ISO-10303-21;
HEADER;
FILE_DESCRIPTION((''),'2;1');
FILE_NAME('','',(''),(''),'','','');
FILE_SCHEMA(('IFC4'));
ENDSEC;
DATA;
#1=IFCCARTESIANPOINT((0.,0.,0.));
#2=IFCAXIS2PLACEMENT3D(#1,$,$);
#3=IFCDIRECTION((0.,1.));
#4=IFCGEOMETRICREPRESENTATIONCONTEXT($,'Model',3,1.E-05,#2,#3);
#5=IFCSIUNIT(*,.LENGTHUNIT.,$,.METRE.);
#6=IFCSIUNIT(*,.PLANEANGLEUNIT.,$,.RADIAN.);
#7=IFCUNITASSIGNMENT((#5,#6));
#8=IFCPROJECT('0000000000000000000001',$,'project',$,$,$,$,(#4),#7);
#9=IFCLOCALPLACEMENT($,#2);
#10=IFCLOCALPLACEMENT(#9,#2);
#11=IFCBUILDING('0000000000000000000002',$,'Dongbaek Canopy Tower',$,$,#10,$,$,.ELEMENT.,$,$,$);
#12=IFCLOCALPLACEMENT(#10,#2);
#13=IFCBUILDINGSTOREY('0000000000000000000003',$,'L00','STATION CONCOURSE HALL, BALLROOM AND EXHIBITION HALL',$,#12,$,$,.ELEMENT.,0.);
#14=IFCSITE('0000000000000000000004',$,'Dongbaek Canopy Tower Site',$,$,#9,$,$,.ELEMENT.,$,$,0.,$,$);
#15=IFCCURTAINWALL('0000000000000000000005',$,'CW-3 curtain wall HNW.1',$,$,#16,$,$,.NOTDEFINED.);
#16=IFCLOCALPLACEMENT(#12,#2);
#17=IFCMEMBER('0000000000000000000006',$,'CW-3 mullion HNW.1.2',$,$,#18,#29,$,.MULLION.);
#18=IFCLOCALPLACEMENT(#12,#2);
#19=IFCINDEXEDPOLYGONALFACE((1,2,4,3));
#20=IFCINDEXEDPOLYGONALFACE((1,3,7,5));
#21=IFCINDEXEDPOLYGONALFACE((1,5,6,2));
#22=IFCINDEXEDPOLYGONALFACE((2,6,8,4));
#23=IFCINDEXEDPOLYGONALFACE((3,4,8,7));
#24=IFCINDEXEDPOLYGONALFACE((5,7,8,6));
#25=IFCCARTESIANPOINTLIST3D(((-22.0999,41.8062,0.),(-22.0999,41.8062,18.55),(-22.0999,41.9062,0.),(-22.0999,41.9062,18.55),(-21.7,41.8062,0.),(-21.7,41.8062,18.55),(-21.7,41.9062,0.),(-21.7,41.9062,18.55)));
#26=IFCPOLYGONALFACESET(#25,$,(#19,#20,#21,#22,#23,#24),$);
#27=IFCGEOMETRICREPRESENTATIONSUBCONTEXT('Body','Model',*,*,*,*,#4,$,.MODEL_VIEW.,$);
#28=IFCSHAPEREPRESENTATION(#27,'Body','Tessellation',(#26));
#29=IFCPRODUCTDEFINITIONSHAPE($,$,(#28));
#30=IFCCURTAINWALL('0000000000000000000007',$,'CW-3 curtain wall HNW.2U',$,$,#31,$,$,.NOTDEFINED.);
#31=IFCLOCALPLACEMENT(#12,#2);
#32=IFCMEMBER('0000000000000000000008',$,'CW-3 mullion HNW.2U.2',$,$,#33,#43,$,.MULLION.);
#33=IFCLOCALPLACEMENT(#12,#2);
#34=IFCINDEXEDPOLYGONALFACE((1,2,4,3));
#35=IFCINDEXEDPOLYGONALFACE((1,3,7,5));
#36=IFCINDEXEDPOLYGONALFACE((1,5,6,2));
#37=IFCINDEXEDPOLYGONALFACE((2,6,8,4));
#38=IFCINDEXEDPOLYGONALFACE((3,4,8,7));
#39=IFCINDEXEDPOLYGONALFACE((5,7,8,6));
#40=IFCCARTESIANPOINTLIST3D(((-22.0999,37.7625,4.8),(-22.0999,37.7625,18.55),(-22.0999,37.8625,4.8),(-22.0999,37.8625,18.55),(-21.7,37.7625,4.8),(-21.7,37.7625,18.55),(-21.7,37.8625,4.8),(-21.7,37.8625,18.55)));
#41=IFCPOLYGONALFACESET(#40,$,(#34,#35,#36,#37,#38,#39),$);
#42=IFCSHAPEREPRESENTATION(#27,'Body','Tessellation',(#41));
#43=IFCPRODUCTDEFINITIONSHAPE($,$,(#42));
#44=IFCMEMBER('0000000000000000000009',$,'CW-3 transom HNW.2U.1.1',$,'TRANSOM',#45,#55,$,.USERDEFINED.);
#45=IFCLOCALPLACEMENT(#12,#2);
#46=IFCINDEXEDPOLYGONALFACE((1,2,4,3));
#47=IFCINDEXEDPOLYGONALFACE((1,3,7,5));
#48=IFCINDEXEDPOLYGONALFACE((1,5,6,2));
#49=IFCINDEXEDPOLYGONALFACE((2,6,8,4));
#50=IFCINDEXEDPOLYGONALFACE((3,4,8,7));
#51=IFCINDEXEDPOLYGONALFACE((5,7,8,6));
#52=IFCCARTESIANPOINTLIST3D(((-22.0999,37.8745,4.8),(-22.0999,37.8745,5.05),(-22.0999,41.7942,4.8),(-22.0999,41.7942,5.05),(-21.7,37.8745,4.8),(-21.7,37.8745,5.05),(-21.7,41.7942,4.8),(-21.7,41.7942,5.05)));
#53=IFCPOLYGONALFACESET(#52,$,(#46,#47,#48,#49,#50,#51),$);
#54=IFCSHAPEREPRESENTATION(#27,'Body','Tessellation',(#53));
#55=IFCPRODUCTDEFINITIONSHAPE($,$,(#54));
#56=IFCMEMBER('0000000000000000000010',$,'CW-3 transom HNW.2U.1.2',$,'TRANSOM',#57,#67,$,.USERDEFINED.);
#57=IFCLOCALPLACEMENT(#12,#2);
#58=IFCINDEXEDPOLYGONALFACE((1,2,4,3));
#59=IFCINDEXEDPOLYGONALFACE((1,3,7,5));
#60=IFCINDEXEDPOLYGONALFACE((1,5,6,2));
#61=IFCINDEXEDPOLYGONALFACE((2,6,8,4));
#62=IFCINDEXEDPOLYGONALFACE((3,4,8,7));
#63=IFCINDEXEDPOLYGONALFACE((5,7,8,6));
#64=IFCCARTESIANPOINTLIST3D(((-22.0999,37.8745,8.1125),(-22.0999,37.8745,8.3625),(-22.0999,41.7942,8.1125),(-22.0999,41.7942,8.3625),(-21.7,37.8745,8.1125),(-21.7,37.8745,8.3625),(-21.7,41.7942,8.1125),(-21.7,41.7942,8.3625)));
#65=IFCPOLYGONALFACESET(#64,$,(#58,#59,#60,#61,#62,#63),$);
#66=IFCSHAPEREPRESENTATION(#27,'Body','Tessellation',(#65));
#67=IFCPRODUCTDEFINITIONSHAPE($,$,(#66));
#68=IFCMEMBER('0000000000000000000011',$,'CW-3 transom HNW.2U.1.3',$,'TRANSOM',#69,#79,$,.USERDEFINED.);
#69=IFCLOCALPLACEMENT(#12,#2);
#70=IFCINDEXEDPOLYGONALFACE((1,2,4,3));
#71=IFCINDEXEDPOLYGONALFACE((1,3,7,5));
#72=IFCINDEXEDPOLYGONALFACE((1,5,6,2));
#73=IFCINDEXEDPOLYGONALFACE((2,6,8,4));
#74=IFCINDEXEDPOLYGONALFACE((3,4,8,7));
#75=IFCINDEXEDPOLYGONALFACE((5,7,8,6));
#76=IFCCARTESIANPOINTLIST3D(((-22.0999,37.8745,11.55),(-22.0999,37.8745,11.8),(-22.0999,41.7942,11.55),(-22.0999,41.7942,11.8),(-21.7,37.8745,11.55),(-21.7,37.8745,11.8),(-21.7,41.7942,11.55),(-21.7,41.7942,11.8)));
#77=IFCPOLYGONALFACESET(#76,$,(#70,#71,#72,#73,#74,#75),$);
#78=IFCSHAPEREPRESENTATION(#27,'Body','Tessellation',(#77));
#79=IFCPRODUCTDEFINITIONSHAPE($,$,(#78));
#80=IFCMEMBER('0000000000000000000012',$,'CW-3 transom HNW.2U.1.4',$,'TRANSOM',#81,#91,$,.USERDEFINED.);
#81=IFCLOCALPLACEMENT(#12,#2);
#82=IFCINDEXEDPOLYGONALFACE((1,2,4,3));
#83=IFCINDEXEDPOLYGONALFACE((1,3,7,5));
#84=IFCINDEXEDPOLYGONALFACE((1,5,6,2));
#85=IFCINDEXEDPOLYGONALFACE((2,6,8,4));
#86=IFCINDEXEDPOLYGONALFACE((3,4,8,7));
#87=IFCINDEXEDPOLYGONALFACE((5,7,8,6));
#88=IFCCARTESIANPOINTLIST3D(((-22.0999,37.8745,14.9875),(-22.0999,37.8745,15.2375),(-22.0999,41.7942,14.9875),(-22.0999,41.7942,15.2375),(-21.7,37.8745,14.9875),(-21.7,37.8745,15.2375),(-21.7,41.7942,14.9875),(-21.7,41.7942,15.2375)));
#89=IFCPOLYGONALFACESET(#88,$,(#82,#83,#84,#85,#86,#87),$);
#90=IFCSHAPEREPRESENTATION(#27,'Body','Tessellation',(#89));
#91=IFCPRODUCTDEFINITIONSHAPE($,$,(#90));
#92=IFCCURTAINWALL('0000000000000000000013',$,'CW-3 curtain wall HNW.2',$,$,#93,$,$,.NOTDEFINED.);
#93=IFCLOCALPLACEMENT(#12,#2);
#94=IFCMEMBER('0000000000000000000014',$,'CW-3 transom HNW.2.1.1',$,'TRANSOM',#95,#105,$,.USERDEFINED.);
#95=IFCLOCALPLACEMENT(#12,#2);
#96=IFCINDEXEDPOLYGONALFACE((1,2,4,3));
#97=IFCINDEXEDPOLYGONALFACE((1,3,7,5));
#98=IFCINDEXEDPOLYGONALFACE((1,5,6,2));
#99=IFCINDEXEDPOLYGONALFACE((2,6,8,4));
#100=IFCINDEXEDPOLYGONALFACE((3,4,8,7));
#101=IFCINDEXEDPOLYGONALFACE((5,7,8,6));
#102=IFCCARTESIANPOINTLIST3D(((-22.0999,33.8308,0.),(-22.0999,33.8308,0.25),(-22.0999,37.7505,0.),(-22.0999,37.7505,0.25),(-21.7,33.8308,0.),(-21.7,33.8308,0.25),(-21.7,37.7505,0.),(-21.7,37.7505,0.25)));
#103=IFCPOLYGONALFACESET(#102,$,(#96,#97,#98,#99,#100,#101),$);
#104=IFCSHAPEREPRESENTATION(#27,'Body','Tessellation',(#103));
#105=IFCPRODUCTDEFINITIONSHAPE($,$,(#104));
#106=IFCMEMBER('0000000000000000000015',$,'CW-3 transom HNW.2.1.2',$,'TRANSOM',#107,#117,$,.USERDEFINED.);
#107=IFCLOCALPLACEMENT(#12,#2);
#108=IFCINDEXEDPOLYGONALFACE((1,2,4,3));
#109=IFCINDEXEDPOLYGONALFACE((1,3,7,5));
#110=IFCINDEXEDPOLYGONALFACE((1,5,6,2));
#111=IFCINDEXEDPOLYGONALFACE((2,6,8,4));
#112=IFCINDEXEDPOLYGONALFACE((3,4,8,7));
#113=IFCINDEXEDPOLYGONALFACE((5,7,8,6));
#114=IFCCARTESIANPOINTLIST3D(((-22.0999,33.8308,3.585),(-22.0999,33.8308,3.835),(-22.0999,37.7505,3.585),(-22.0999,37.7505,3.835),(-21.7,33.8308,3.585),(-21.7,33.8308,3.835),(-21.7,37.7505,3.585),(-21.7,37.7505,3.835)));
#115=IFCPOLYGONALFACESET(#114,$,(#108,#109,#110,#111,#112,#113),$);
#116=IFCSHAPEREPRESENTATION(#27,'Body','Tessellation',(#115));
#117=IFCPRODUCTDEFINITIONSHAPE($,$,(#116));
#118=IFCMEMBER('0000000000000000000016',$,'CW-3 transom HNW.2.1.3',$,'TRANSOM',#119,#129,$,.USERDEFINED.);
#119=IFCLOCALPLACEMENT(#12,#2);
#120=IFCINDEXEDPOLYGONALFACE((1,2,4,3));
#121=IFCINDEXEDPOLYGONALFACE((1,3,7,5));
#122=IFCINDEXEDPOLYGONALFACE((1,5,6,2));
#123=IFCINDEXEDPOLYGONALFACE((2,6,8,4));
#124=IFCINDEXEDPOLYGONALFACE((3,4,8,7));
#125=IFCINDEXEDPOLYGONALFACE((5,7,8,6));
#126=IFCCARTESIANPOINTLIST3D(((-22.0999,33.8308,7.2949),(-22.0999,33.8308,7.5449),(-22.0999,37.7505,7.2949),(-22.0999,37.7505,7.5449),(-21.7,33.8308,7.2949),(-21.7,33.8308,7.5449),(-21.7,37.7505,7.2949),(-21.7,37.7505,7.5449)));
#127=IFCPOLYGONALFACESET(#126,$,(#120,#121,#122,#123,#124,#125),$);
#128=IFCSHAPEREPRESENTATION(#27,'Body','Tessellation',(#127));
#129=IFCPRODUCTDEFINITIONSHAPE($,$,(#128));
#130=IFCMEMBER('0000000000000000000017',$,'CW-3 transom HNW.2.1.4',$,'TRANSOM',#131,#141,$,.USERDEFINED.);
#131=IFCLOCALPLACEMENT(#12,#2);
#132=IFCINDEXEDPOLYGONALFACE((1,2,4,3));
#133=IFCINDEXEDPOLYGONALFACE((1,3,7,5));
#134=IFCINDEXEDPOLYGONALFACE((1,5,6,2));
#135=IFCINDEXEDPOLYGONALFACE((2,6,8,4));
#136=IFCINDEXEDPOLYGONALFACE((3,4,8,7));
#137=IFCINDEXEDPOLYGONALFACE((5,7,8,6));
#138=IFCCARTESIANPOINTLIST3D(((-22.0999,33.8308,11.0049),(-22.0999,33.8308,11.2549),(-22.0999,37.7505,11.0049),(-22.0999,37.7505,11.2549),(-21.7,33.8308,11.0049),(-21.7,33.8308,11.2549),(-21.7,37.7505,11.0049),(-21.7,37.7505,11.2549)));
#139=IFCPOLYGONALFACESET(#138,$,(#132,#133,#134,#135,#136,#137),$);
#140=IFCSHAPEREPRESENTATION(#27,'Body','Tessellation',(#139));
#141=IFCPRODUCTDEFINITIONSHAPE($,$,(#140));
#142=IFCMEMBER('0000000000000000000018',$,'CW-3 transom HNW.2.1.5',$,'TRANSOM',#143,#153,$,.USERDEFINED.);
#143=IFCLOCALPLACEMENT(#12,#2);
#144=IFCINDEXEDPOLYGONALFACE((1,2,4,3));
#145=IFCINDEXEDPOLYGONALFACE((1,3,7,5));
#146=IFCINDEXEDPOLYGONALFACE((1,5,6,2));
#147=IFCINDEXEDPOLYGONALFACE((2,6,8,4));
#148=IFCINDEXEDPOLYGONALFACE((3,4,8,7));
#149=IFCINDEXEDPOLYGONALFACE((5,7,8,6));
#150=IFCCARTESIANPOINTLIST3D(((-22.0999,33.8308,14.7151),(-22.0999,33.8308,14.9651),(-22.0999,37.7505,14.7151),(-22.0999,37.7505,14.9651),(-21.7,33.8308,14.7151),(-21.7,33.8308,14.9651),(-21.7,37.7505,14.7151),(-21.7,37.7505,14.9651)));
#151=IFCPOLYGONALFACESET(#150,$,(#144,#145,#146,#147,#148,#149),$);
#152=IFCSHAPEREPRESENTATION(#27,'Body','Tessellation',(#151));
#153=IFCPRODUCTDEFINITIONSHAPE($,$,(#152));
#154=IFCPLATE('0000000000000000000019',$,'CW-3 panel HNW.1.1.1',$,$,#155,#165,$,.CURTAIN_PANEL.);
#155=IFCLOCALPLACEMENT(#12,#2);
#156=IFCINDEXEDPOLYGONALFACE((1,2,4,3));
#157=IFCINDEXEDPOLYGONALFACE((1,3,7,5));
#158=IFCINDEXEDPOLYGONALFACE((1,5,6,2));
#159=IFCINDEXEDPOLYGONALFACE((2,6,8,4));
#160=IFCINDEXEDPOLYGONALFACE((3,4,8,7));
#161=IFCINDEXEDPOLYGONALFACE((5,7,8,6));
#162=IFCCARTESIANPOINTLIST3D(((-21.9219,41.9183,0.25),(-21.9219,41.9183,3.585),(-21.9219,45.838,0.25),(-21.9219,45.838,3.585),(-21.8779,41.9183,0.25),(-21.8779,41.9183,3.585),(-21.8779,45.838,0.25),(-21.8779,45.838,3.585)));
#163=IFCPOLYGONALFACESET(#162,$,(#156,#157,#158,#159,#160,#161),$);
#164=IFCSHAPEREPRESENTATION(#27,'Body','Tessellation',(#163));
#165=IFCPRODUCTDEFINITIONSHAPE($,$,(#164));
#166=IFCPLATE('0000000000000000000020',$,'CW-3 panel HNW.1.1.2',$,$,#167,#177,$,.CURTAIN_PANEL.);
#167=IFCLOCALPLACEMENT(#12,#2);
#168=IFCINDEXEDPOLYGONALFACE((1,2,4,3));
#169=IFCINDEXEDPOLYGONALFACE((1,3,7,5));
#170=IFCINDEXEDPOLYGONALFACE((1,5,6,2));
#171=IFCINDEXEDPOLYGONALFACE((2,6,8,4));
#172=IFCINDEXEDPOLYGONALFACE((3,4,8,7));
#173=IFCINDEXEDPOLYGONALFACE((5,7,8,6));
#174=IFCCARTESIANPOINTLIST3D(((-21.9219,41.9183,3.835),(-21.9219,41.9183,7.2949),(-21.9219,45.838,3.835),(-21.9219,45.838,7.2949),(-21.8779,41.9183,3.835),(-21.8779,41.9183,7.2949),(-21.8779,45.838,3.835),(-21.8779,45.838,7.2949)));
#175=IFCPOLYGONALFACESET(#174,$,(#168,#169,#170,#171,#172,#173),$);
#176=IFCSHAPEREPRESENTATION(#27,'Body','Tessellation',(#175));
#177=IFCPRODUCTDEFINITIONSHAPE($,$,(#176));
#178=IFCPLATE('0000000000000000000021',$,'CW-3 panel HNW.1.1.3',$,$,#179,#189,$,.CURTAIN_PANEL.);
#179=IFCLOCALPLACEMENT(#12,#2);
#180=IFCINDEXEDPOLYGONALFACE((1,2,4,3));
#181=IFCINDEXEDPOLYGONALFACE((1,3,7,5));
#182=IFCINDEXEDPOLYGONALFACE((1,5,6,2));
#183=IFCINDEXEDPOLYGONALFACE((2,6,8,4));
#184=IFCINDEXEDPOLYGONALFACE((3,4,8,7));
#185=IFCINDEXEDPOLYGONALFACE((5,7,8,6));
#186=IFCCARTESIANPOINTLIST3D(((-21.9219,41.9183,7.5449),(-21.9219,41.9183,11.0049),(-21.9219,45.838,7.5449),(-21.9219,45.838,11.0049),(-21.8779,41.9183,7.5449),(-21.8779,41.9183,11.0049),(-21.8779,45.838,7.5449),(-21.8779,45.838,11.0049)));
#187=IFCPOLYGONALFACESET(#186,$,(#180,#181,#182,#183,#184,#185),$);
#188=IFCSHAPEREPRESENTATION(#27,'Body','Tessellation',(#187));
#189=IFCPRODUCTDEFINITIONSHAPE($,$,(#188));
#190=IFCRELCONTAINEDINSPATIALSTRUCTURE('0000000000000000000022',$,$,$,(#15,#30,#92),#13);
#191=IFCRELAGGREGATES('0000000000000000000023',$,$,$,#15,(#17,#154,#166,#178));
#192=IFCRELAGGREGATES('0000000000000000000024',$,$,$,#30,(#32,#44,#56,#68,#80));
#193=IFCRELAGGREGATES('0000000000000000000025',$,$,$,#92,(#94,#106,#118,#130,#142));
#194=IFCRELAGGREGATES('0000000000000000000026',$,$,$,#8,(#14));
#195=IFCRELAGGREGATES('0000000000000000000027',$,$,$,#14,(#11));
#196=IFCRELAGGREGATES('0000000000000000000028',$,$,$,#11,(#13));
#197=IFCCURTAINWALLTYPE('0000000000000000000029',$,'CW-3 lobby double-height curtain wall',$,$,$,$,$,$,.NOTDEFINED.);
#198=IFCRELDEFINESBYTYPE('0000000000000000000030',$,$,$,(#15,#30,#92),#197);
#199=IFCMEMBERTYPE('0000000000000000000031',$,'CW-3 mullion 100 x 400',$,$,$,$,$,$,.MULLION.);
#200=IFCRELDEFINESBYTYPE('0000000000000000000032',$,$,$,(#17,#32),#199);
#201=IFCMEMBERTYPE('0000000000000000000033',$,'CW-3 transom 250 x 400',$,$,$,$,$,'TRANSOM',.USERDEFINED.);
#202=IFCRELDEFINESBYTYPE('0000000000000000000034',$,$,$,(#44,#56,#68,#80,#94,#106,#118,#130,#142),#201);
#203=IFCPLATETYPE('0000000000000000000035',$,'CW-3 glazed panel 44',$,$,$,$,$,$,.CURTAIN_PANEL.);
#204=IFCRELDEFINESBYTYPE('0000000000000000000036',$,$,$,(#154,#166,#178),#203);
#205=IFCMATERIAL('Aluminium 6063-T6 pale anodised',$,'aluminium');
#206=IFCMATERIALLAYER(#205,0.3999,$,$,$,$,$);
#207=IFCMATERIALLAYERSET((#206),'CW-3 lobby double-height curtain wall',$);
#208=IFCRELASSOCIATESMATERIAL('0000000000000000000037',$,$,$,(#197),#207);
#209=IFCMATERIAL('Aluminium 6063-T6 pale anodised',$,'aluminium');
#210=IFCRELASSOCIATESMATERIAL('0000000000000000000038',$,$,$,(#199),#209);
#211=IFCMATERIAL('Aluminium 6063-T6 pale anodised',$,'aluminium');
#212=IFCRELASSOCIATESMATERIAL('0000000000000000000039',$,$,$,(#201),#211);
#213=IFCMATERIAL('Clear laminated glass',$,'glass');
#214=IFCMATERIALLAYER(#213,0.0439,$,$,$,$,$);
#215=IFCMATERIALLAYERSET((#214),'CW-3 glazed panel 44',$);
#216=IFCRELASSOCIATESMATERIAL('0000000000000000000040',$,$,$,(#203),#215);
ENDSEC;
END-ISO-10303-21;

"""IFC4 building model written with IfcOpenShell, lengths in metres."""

from ifc_helpers import new_model, si_unit, direction, frame, origin, origin_2d, place, context, subcontext, project, spatial, rectangle, extrude, material, layer, layer_set, material_profile, profile_set, type_object, element, aggregate, save


model = new_model("IFC4")

# Units and contexts
model_context = context("Model", 3, precision=1e-05, world=origin(), true_north=direction((0.0, 1.0)))
body_context = subcontext(model_context, "Body", "Model", "MODEL_VIEW")
ifc_project = project(units=[si_unit("LENGTHUNIT", "METRE"), si_unit("PLANEANGLEUNIT", "RADIAN")], contexts=[model_context])

# Site, building, storey
site_placement = place(None, origin())
site = spatial("IfcSite", under=ifc_project, at=site_placement, Name="Dongbaek Canopy Tower Site", CompositionType="ELEMENT", RefElevation=0.0)
building_placement = place(site_placement, origin())
building = spatial("IfcBuilding", under=site, at=building_placement, Name="Dongbaek Canopy Tower", CompositionType="ELEMENT")
storey_placement = place(building_placement, origin())
storey = spatial("IfcBuildingStorey", under=building, at=storey_placement, Name="L00", Description="STATION CONCOURSE HALL, BALLROOM AND EXHIBITION HALL", CompositionType="ELEMENT", Elevation=0.0)

# Curtain wall, member
ifc_material_1 = material(Name="Aluminium 6063-T6 pale anodised", Category="aluminium")
ifc_layer_1 = layer(ifc_material_1, 0.3999)
ifc_layer_set_1 = layer_set([ifc_layer_1], Name="CW-3 lobby double-height curtain wall")
curtain_wall_type = type_object("IfcCurtainWallType", Name="CW-3 lobby double-height curtain wall", PredefinedType="NOTDEFINED", material=ifc_layer_set_1)
curtain_wall_1_placement = place(storey_placement, origin())
curtain_wall_1 = element("IfcCurtainWall", 1, at=curtain_wall_1_placement, inside=storey, type_object=curtain_wall_type, Name="CW-3 curtain wall HNW.1", PredefinedType="NOTDEFINED")
ifc_material_2 = material(Name="Aluminium 6063-T6 pale anodised", Category="aluminium")
ifc_material_profile_1 = material_profile(ifc_material_2, rectangle(XDim=0.3999, YDim=0.1001, at=origin_2d()), Name="CW-3 mullion 100 x 400")
ifc_profile_set_1 = profile_set([ifc_material_profile_1], Name="Aluminium 6063-T6 pale anodised")
member_type_1 = type_object("IfcMemberType", Name="CW-3 mullion 100 x 400", PredefinedType="MULLION", material=ifc_profile_set_1)
member_1_placement = place(storey_placement, frame((-21.8999, 41.8562, 0.0), z_axis=(0.0, 0.0, 1.0), x_axis=(-1.0, 0.0, 0.0)))
member_1 = element("IfcMember", 2, at=member_1_placement, type_object=member_type_1, Name="CW-3 mullion HNW.1.2", PredefinedType="MULLION", context=body_context, shape_type="SweptSolid", body=[
    extrude(rectangle(XDim=0.3999, YDim=0.1001, at=origin_2d()), origin(), (0.0, 0.0, 1.0), 18.55),
])

# Curtain walls, members
curtain_wall_2_placement = place(storey_placement, origin())
curtain_wall_2 = element("IfcCurtainWall", 3, at=curtain_wall_2_placement, inside=storey, type_object=curtain_wall_type, Name="CW-3 curtain wall HNW.2U", PredefinedType="NOTDEFINED")
member_2_placement = place(storey_placement, frame((-21.8999, 37.8125, 4.8), z_axis=(0.0, 0.0, 1.0), x_axis=(-1.0, 0.0, 0.0)))
member_2 = element("IfcMember", 4, at=member_2_placement, type_object=member_type_1, Name="CW-3 mullion HNW.2U.2", PredefinedType="MULLION", context=body_context, shape_type="SweptSolid", body=[
    extrude(rectangle(XDim=0.3999, YDim=0.1001, at=origin_2d()), origin(), (0.0, 0.0, 1.0), 13.75),
])
ifc_material_3 = material(Name="Aluminium 6063-T6 pale anodised", Category="aluminium")
ifc_material_profile_2 = material_profile(ifc_material_3, rectangle(XDim=0.3999, YDim=0.25, at=origin_2d()), Name="CW-3 transom 250 x 400")
ifc_profile_set_2 = profile_set([ifc_material_profile_2], Name="Aluminium 6063-T6 pale anodised")
member_type_2 = type_object("IfcMemberType", Name="CW-3 transom 250 x 400", ElementType="TRANSOM", PredefinedType="USERDEFINED", material=ifc_profile_set_2)
member_3_placement = place(storey_placement, frame((-21.8999, 41.7942, 4.925), z_axis=(0.0, -1.0, 0.0), x_axis=(1.0, 0.0, 0.0)))
member_3 = element("IfcMember", 5, at=member_3_placement, type_object=member_type_2, Name="CW-3 transom HNW.2U.1.1", ObjectType="TRANSOM", PredefinedType="USERDEFINED", context=body_context, shape_type="SweptSolid", body=[
    extrude(rectangle(XDim=0.3999, YDim=0.25, at=origin_2d()), origin(), (0.0, 0.0, 1.0), 3.9197),
])
member_4_placement = place(storey_placement, frame((-21.8999, 41.7942, 8.2375), z_axis=(0.0, -1.0, 0.0), x_axis=(1.0, 0.0, 0.0)))
member_4 = element("IfcMember", 6, at=member_4_placement, type_object=member_type_2, Name="CW-3 transom HNW.2U.1.2", ObjectType="TRANSOM", PredefinedType="USERDEFINED", context=body_context, shape_type="SweptSolid", body=[
    extrude(rectangle(XDim=0.3999, YDim=0.25, at=origin_2d()), origin(), (0.0, 0.0, 1.0), 3.9197),
])
member_5_placement = place(storey_placement, frame((-21.8999, 41.7942, 11.675), z_axis=(0.0, -1.0, 0.0), x_axis=(1.0, 0.0, 0.0)))
member_5 = element("IfcMember", 7, at=member_5_placement, type_object=member_type_2, Name="CW-3 transom HNW.2U.1.3", ObjectType="TRANSOM", PredefinedType="USERDEFINED", context=body_context, shape_type="SweptSolid", body=[
    extrude(rectangle(XDim=0.3999, YDim=0.25, at=origin_2d()), origin(), (0.0, 0.0, 1.0), 3.9197),
])
member_6_placement = place(storey_placement, frame((-21.8999, 41.7942, 15.1125), z_axis=(0.0, -1.0, 0.0), x_axis=(1.0, 0.0, 0.0)))
member_6 = element("IfcMember", 8, at=member_6_placement, type_object=member_type_2, Name="CW-3 transom HNW.2U.1.4", ObjectType="TRANSOM", PredefinedType="USERDEFINED", context=body_context, shape_type="SweptSolid", body=[
    extrude(rectangle(XDim=0.3999, YDim=0.25, at=origin_2d()), origin(), (0.0, 0.0, 1.0), 3.9197),
])
curtain_wall_3_placement = place(storey_placement, origin())
curtain_wall_3 = element("IfcCurtainWall", 9, at=curtain_wall_3_placement, inside=storey, type_object=curtain_wall_type, Name="CW-3 curtain wall HNW.2", PredefinedType="NOTDEFINED")
member_7_placement = place(storey_placement, frame((-21.8999, 37.7505, 0.125), z_axis=(0.0, -1.0, 0.0), x_axis=(1.0, 0.0, 0.0)))
member_7 = element("IfcMember", 10, at=member_7_placement, type_object=member_type_2, Name="CW-3 transom HNW.2.1.1", ObjectType="TRANSOM", PredefinedType="USERDEFINED", context=body_context, shape_type="SweptSolid", body=[
    extrude(rectangle(XDim=0.3999, YDim=0.25, at=origin_2d()), origin(), (0.0, 0.0, 1.0), 3.9197),
])
member_8_placement = place(storey_placement, frame((-21.8999, 37.7505, 3.71), z_axis=(0.0, -1.0, 0.0), x_axis=(1.0, 0.0, 0.0)))
member_8 = element("IfcMember", 11, at=member_8_placement, type_object=member_type_2, Name="CW-3 transom HNW.2.1.2", ObjectType="TRANSOM", PredefinedType="USERDEFINED", context=body_context, shape_type="SweptSolid", body=[
    extrude(rectangle(XDim=0.3999, YDim=0.25, at=origin_2d()), origin(), (0.0, 0.0, 1.0), 3.9197),
])
member_9_placement = place(storey_placement, frame((-21.8999, 37.7505, 7.4199), z_axis=(0.0, -1.0, 0.0), x_axis=(1.0, 0.0, 0.0)))
member_9 = element("IfcMember", 12, at=member_9_placement, type_object=member_type_2, Name="CW-3 transom HNW.2.1.3", ObjectType="TRANSOM", PredefinedType="USERDEFINED", context=body_context, shape_type="SweptSolid", body=[
    extrude(rectangle(XDim=0.3999, YDim=0.25, at=origin_2d()), origin(), (0.0, 0.0, 1.0), 3.9197),
])
member_10_placement = place(storey_placement, frame((-21.8999, 37.7505, 11.1299), z_axis=(0.0, -1.0, 0.0), x_axis=(1.0, 0.0, 0.0)))
member_10 = element("IfcMember", 13, at=member_10_placement, type_object=member_type_2, Name="CW-3 transom HNW.2.1.4", ObjectType="TRANSOM", PredefinedType="USERDEFINED", context=body_context, shape_type="SweptSolid", body=[
    extrude(rectangle(XDim=0.3999, YDim=0.25, at=origin_2d()), origin(), (0.0, 0.0, 1.0), 3.9197),
])
member_11_placement = place(storey_placement, frame((-21.8999, 37.7505, 14.8401), z_axis=(0.0, -1.0, 0.0), x_axis=(1.0, 0.0, 0.0)))
member_11 = element("IfcMember", 14, at=member_11_placement, type_object=member_type_2, Name="CW-3 transom HNW.2.1.5", ObjectType="TRANSOM", PredefinedType="USERDEFINED", context=body_context, shape_type="SweptSolid", body=[
    extrude(rectangle(XDim=0.3999, YDim=0.25, at=origin_2d()), origin(), (0.0, 0.0, 1.0), 3.9197),
])

# Plates
ifc_material_4 = material(Name="Clear laminated glass", Category="glass")
ifc_layer_2 = layer(ifc_material_4, 0.0439)
ifc_layer_set_2 = layer_set([ifc_layer_2], Name="CW-3 glazed panel 44")
plate_type = type_object("IfcPlateType", Name="CW-3 glazed panel 44", PredefinedType="CURTAIN_PANEL", material=ifc_layer_set_2)
plate_1_placement = place(storey_placement, frame((-21.8999, 43.8782, 0.25), z_axis=(0.0, 0.0, 1.0), x_axis=(0.0, -1.0, 0.0)))
plate_1 = element("IfcPlate", 15, at=plate_1_placement, type_object=plate_type, Name="CW-3 panel HNW.1.1.1", PredefinedType="CURTAIN_PANEL", context=body_context, shape_type="SweptSolid", body=[
    extrude(rectangle(XDim=3.9197, YDim=0.0439, at=origin_2d()), origin(), (0.0, 0.0, 1.0), 3.335),
])
plate_2_placement = place(storey_placement, frame((-21.8999, 43.8782, 3.835), z_axis=(0.0, 0.0, 1.0), x_axis=(0.0, -1.0, 0.0)))
plate_2 = element("IfcPlate", 16, at=plate_2_placement, type_object=plate_type, Name="CW-3 panel HNW.1.1.2", PredefinedType="CURTAIN_PANEL", context=body_context, shape_type="SweptSolid", body=[
    extrude(rectangle(XDim=3.9197, YDim=0.0439, at=origin_2d()), origin(), (0.0, 0.0, 1.0), 3.46),
])
plate_3_placement = place(storey_placement, frame((-21.8999, 43.8782, 7.5449), z_axis=(0.0, 0.0, 1.0), x_axis=(0.0, -1.0, 0.0)))
plate_3 = element("IfcPlate", 17, at=plate_3_placement, type_object=plate_type, Name="CW-3 panel HNW.1.1.3", PredefinedType="CURTAIN_PANEL", context=body_context, shape_type="SweptSolid", body=[
    extrude(rectangle(XDim=3.9197, YDim=0.0439, at=origin_2d()), origin(), (0.0, 0.0, 1.0), 3.46),
])
aggregate(curtain_wall_1, [member_1, plate_1, plate_2, plate_3])
aggregate(curtain_wall_2, [member_2, member_3, member_4, member_5, member_6])
aggregate(curtain_wall_3, [member_7, member_8, member_9, member_10, member_11])

save(model, "model.ifc")
